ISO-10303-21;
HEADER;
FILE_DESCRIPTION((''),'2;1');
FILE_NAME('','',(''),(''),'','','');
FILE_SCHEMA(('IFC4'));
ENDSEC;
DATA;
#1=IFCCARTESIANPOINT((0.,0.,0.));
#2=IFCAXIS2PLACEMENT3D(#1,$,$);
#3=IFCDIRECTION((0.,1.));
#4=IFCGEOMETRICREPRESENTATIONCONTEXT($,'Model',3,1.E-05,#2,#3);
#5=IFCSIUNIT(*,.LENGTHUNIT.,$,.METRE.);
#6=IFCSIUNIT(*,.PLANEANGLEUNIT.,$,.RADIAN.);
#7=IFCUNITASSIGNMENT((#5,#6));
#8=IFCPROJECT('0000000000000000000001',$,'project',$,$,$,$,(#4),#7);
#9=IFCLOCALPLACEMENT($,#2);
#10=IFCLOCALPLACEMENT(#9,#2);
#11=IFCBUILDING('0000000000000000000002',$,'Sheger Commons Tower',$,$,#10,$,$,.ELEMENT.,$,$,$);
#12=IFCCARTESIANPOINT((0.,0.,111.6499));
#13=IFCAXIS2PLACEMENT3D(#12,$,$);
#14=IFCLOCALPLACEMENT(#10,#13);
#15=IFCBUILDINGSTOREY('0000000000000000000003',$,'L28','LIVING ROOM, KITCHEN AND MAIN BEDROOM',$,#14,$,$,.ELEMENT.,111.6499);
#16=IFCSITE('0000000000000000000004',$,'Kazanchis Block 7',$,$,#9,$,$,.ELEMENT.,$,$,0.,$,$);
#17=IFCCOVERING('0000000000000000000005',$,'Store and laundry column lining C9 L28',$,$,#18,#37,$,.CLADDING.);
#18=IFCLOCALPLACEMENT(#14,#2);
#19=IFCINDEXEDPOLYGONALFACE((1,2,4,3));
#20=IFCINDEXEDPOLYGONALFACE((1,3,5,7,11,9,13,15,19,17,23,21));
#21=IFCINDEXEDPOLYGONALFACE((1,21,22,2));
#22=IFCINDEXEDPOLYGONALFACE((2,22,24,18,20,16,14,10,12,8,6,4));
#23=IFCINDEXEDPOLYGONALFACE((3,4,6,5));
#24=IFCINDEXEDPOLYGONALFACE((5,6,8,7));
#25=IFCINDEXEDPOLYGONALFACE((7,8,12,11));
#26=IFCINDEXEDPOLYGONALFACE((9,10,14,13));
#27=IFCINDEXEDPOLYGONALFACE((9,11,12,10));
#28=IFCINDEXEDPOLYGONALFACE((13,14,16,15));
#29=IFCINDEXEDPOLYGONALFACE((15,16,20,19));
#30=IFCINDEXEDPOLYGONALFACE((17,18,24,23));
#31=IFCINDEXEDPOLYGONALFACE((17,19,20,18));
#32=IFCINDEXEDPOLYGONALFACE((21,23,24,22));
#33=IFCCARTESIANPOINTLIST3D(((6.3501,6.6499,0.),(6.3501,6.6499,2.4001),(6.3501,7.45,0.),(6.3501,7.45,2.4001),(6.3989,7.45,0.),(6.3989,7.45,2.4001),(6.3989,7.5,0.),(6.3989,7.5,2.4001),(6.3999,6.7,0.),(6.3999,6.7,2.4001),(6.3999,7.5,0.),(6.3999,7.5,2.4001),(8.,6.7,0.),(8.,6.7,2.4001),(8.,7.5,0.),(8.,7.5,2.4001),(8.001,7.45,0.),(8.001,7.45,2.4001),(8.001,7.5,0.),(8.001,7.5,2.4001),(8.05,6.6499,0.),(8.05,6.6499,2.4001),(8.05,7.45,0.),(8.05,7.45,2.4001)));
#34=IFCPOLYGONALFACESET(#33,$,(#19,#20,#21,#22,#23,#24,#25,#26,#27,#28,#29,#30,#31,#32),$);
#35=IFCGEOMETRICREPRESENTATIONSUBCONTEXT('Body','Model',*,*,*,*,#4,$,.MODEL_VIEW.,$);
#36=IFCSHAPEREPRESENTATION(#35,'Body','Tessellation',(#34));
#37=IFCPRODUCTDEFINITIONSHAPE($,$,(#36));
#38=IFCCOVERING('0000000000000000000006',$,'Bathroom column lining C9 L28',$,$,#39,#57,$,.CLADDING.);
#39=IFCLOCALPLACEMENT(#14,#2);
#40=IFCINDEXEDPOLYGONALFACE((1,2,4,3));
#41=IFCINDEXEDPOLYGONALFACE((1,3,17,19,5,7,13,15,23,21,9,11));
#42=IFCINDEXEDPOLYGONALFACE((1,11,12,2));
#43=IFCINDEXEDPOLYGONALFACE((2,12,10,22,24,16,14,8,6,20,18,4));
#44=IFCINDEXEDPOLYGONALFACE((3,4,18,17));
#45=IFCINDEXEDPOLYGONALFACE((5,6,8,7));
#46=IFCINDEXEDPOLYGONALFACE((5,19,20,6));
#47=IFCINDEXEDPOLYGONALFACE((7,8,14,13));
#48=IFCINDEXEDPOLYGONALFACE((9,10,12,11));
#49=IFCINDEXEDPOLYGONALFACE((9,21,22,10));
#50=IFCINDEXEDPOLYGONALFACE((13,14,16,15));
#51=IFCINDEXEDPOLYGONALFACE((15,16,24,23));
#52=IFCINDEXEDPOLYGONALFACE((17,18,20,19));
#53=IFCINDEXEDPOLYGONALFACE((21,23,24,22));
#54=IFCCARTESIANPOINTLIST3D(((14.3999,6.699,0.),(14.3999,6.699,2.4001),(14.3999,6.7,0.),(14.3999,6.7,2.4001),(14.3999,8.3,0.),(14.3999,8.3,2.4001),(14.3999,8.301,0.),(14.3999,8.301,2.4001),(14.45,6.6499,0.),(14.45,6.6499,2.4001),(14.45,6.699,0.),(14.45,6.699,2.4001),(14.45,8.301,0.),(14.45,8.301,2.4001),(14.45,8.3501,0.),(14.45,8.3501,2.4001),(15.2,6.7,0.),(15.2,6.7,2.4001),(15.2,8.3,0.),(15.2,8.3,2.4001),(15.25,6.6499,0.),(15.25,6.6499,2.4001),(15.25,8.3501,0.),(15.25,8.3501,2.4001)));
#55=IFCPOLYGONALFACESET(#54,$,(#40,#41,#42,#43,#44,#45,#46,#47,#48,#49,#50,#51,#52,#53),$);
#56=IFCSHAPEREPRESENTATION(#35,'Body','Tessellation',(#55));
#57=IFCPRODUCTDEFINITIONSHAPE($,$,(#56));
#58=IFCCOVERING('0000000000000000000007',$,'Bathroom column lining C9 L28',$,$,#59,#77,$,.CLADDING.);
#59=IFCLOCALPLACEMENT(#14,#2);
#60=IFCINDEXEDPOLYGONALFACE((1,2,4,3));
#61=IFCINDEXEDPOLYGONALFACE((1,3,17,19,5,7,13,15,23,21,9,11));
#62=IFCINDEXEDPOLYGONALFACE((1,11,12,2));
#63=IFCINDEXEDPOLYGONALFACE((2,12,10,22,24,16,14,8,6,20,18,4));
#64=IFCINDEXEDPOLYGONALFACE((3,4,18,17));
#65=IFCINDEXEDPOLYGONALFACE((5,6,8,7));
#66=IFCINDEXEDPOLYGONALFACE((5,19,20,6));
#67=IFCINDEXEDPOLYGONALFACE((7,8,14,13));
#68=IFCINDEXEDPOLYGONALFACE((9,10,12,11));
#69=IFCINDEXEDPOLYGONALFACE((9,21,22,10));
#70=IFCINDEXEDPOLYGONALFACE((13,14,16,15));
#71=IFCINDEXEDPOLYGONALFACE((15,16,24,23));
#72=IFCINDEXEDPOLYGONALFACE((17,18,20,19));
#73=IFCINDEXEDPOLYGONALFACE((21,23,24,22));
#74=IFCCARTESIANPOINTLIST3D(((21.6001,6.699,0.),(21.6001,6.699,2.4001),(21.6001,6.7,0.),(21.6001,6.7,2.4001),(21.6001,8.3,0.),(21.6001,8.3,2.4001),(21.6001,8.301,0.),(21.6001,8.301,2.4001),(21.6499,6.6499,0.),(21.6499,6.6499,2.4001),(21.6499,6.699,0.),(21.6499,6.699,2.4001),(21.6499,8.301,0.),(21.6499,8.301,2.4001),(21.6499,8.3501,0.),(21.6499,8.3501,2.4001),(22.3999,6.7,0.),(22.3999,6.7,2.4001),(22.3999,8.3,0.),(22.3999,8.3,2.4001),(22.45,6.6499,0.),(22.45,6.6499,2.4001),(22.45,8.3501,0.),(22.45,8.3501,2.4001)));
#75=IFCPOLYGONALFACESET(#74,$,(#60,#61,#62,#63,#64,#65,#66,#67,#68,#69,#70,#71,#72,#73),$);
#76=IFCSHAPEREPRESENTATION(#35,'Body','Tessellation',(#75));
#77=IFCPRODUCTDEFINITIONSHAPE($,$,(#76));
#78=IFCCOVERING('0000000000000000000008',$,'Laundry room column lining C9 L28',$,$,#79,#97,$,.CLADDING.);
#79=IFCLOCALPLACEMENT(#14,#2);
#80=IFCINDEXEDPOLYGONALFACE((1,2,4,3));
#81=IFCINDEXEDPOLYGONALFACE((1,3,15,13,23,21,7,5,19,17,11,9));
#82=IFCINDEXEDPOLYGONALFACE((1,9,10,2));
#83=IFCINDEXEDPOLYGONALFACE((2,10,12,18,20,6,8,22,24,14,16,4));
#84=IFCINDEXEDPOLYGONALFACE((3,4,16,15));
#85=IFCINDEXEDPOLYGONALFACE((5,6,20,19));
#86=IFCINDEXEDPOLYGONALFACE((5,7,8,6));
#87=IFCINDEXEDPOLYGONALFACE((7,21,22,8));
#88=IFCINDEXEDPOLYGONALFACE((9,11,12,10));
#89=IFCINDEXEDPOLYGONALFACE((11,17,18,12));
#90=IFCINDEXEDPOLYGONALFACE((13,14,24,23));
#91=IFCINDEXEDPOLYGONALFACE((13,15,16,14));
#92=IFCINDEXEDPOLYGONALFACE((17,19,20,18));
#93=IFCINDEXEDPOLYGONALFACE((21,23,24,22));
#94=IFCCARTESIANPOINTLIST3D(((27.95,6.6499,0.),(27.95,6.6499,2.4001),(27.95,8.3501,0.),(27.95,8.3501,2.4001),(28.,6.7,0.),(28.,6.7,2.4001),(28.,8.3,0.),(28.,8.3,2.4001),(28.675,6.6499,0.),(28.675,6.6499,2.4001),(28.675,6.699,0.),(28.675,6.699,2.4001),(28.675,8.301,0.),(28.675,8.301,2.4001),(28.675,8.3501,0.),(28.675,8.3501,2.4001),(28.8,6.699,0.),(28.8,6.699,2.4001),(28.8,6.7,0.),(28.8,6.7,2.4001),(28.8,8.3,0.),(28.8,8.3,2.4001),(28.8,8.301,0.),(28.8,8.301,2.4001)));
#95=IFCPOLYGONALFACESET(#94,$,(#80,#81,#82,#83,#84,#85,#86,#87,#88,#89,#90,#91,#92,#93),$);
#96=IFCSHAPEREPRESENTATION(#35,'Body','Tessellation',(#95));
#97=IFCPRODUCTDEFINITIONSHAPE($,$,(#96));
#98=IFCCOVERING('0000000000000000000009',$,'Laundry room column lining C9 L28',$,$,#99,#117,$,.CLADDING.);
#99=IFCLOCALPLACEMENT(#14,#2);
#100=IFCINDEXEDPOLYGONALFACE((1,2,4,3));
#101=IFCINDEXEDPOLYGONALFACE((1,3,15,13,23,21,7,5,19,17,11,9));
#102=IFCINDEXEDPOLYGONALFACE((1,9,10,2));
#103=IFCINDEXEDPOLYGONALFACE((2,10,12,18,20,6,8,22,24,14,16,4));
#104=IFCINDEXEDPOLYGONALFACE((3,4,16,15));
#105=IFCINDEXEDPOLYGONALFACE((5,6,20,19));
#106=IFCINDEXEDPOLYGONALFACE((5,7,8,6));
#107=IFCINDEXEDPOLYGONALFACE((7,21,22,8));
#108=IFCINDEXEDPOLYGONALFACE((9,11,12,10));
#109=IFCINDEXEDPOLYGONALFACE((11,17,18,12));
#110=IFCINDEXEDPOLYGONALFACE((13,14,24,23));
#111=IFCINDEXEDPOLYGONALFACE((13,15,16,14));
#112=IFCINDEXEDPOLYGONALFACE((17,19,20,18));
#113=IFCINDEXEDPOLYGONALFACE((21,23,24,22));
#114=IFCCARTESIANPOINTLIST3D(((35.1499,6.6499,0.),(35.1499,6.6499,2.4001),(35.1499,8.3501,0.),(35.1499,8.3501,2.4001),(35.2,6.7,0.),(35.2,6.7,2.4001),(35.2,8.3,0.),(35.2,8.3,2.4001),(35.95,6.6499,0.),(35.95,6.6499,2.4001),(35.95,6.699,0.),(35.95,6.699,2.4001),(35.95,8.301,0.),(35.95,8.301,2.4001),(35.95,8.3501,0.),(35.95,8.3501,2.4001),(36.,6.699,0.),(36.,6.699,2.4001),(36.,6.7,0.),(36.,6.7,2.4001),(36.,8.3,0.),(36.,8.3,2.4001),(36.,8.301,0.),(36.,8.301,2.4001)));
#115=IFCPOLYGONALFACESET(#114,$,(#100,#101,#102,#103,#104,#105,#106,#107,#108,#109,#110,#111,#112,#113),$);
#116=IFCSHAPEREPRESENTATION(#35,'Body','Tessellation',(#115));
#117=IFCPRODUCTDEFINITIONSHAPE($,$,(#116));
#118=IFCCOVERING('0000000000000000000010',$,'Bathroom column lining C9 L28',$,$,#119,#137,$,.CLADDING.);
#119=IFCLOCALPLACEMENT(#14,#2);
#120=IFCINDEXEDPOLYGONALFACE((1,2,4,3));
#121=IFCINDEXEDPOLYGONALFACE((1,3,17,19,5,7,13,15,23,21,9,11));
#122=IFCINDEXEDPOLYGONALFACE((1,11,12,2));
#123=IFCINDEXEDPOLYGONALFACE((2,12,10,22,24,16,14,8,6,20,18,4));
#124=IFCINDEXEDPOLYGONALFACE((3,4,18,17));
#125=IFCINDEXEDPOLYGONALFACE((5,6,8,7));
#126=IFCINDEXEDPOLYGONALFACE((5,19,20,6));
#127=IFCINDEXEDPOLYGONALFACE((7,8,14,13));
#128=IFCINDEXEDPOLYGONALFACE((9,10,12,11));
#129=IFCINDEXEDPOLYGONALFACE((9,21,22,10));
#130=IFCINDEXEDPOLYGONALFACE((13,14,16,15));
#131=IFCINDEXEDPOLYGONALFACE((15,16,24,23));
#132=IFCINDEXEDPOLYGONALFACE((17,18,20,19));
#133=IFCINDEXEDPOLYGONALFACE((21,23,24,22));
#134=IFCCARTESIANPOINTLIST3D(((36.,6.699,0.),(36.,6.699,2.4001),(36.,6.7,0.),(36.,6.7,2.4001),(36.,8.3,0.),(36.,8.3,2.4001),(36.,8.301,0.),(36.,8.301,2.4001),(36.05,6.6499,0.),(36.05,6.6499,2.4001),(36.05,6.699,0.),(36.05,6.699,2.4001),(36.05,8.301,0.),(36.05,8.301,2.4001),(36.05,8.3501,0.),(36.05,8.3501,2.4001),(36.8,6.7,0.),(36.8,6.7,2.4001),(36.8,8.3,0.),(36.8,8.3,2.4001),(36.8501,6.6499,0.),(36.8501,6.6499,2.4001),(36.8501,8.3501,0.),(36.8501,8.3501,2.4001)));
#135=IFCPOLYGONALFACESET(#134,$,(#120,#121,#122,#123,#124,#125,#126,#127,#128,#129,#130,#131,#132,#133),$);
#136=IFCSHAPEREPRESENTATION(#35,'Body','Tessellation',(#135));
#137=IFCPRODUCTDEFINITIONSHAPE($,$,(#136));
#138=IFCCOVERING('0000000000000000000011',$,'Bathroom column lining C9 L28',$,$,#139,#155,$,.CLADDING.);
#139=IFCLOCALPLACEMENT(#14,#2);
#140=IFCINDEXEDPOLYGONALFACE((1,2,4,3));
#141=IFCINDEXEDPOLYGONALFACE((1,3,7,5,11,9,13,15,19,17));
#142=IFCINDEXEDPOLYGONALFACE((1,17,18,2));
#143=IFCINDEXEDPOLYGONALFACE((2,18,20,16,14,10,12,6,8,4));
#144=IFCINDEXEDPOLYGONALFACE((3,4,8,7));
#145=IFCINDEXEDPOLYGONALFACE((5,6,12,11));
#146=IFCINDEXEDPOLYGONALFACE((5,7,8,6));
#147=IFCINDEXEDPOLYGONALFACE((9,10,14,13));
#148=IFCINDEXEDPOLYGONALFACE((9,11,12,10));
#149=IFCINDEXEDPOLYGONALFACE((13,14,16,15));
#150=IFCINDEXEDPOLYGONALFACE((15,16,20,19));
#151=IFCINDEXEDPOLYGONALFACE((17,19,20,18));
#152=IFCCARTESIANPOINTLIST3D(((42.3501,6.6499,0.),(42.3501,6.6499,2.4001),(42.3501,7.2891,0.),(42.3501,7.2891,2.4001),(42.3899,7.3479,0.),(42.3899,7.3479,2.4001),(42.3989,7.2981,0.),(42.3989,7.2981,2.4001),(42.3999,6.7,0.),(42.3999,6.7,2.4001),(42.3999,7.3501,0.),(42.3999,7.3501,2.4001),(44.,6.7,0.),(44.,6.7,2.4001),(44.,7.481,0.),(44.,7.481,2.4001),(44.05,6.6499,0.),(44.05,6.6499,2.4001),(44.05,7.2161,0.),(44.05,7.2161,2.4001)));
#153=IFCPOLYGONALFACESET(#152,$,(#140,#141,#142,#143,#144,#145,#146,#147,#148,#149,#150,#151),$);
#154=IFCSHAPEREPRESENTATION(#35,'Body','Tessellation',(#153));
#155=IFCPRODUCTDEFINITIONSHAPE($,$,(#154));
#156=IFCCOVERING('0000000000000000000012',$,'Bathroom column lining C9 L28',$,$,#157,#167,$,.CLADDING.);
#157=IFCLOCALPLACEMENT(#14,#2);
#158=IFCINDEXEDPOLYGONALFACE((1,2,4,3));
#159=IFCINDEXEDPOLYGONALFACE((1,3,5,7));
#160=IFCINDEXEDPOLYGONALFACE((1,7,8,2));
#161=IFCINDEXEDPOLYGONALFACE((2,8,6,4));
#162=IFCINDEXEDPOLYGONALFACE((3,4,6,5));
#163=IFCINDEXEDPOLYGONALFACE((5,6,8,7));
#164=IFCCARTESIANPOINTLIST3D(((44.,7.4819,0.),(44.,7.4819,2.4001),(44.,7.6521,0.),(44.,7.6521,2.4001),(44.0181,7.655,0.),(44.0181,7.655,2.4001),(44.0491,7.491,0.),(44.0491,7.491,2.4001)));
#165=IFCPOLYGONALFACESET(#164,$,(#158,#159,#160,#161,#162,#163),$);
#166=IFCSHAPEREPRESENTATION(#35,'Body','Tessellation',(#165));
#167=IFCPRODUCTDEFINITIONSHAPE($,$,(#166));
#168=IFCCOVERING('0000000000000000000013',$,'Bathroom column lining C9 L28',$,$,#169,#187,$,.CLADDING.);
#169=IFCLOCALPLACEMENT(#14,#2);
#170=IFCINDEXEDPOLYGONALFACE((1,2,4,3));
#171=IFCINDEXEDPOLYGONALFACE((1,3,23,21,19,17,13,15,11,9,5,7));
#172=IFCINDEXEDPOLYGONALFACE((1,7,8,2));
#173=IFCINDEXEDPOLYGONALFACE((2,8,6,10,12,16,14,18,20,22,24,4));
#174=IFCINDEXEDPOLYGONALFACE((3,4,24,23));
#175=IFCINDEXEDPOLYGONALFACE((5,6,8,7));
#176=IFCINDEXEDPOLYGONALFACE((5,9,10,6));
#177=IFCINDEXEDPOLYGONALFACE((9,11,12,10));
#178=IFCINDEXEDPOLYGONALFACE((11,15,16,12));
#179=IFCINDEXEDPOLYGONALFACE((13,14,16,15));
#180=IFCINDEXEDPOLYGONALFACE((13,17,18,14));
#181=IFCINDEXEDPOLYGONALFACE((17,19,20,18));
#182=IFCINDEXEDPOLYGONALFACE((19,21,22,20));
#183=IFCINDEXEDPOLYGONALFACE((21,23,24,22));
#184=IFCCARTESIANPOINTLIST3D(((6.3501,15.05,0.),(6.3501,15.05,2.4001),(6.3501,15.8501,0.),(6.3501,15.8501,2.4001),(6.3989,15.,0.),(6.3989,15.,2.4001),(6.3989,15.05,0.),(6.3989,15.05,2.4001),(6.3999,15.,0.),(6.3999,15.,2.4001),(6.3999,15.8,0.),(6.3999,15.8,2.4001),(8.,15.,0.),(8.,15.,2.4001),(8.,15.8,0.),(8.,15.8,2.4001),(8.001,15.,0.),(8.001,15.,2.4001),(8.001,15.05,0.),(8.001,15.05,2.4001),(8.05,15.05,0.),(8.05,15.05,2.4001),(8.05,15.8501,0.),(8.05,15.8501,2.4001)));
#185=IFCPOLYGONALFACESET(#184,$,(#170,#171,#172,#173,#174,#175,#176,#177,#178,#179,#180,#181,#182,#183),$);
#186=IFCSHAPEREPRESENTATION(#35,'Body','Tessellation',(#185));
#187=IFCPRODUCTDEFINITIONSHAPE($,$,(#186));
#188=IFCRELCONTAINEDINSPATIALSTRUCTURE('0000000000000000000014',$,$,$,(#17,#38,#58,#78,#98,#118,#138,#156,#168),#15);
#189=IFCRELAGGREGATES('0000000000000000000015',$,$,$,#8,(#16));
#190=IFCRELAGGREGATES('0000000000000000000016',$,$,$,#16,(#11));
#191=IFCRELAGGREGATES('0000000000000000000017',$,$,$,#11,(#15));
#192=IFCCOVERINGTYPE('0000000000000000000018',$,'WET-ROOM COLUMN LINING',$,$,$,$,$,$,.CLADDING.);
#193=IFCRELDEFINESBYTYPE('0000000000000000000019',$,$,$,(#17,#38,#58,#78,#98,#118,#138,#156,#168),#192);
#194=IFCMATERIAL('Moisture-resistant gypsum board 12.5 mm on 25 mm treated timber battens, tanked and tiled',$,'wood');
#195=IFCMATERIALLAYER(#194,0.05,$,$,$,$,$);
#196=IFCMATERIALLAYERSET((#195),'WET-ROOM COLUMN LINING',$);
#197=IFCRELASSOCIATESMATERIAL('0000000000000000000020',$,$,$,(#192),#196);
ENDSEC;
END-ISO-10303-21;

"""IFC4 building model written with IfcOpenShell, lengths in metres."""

from ifc_helpers import new_model, si_unit, direction, frame, origin, place, context, subcontext, project, spatial, polyline, outline, extrude, material, layer, layer_set, type_object, element, save


model = new_model("IFC4")

# Units and contexts
model_context = context("Model", 3, precision=1e-05, world=origin(), true_north=direction((0.0, 1.0)))
body_context = subcontext(model_context, "Body", "Model", "MODEL_VIEW")
ifc_project = project(units=[si_unit("LENGTHUNIT", "METRE"), si_unit("PLANEANGLEUNIT", "RADIAN")], contexts=[model_context])

# Site, building, storey
site_placement = place(None, origin())
site = spatial("IfcSite", under=ifc_project, at=site_placement, Name="Kazanchis Block 7", CompositionType="ELEMENT", RefElevation=0.0)
building_placement = place(site_placement, origin())
building = spatial("IfcBuilding", under=site, at=building_placement, Name="Sheger Commons Tower", CompositionType="ELEMENT")
storey_placement = place(building_placement, frame((0.0, 0.0, 111.6499)))
storey = spatial("IfcBuildingStorey", under=building, at=storey_placement, Name="L28", Description="LIVING ROOM, KITCHEN AND MAIN BEDROOM", CompositionType="ELEMENT", Elevation=111.6499)

# Coverings
ifc_material_1 = material(Name="Moisture-resistant gypsum board 12.5 mm on 25 mm treated timber battens, tanked and tiled", Category="wood")
ifc_layer_1 = layer(ifc_material_1, 0.05)
ifc_layer_set_1 = layer_set([ifc_layer_1], Name="WET-ROOM COLUMN LINING")
covering_type_1 = type_object("IfcCoveringType", Name="WET-ROOM COLUMN LINING", PredefinedType="CLADDING", material=ifc_layer_set_1)
covering_1_placement = place(storey_placement, origin())
element("IfcCovering", 1, at=covering_1_placement, inside=storey, type_object=covering_type_1, Name="Store and laundry column lining C9 L28", PredefinedType="CLADDING", context=body_context, shape_type="SweptSolid", body=[
    extrude(outline(polyline([(6.3999, 7.5), (6.3999, 6.7), (8.0, 6.7), (8.0, 7.5), (8.001, 7.5), (8.001, 7.45), (8.05, 7.45), (8.05, 6.6499), (6.3501, 6.6499), (6.3501, 7.45), (6.3989, 7.45), (6.3989, 7.5), (6.3999, 7.5)])), origin(), (0.0, 0.0, 1.0), 2.4001),
])
covering_2_placement = place(storey_placement, origin())
element("IfcCovering", 2, at=covering_2_placement, inside=storey, type_object=covering_type_1, Name="Bathroom column lining C9 L28", PredefinedType="CLADDING", context=body_context, shape_type="SweptSolid", body=[
    extrude(outline(polyline([(15.25, 6.6499), (14.45, 6.6499), (14.45, 6.699), (14.3999, 6.699), (14.3999, 6.7), (15.2, 6.7), (15.2, 8.3), (14.3999, 8.3), (14.3999, 8.301), (14.45, 8.301), (14.45, 8.3501), (15.25, 8.3501), (15.25, 6.6499)])), origin(), (0.0, 0.0, 1.0), 2.4001),
])
covering_3_placement = place(storey_placement, origin())
element("IfcCovering", 3, at=covering_3_placement, inside=storey, type_object=covering_type_1, Name="Bathroom column lining C9 L28", PredefinedType="CLADDING", context=body_context, shape_type="SweptSolid", body=[
    extrude(outline(polyline([(22.45, 6.6499), (21.6499, 6.6499), (21.6499, 6.699), (21.6001, 6.699), (21.6001, 6.7), (22.3999, 6.7), (22.3999, 8.3), (21.6001, 8.3), (21.6001, 8.301), (21.6499, 8.301), (21.6499, 8.3501), (22.45, 8.3501), (22.45, 6.6499)])), origin(), (0.0, 0.0, 1.0), 2.4001),
])
covering_4_placement = place(storey_placement, origin())
element("IfcCovering", 4, at=covering_4_placement, inside=storey, type_object=covering_type_1, Name="Laundry room column lining C9 L28", PredefinedType="CLADDING", context=body_context, shape_type="SweptSolid", body=[
    extrude(outline(polyline([(28.675, 8.3501), (28.675, 8.301), (28.8, 8.301), (28.8, 8.3), (28.0, 8.3), (28.0, 6.7), (28.8, 6.7), (28.8, 6.699), (28.675, 6.699), (28.675, 6.6499), (27.95, 6.6499), (27.95, 8.3501), (28.675, 8.3501)])), origin(), (0.0, 0.0, 1.0), 2.4001),
])
covering_5_placement = place(storey_placement, origin())
element("IfcCovering", 5, at=covering_5_placement, inside=storey, type_object=covering_type_1, Name="Laundry room column lining C9 L28", PredefinedType="CLADDING", context=body_context, shape_type="SweptSolid", body=[
    extrude(outline(polyline([(35.95, 8.3501), (35.95, 8.301), (36.0, 8.301), (36.0, 8.3), (35.2, 8.3), (35.2, 6.7), (36.0, 6.7), (36.0, 6.699), (35.95, 6.699), (35.95, 6.6499), (35.1499, 6.6499), (35.1499, 8.3501), (35.95, 8.3501)])), origin(), (0.0, 0.0, 1.0), 2.4001),
])
covering_6_placement = place(storey_placement, origin())
element("IfcCovering", 6, at=covering_6_placement, inside=storey, type_object=covering_type_1, Name="Bathroom column lining C9 L28", PredefinedType="CLADDING", context=body_context, shape_type="SweptSolid", body=[
    extrude(outline(polyline([(36.8501, 6.6499), (36.05, 6.6499), (36.05, 6.699), (36.0, 6.699), (36.0, 6.7), (36.8, 6.7), (36.8, 8.3), (36.0, 8.3), (36.0, 8.301), (36.05, 8.301), (36.05, 8.3501), (36.8501, 8.3501), (36.8501, 6.6499)])), origin(), (0.0, 0.0, 1.0), 2.4001),
])
covering_7_placement = place(storey_placement, origin())
element("IfcCovering", 7, at=covering_7_placement, inside=storey, type_object=covering_type_1, Name="Bathroom column lining C9 L28", PredefinedType="CLADDING", context=body_context, shape_type="SweptSolid", body=[
    extrude(outline(polyline([(42.3999, 7.3501), (42.3999, 6.7), (44.0, 6.7), (44.0, 7.481), (44.05, 7.2161), (44.05, 6.6499), (42.3501, 6.6499), (42.3501, 7.2891), (42.3989, 7.2981), (42.3899, 7.3479), (42.3999, 7.3501)])), origin(), (0.0, 0.0, 1.0), 2.4001),
])
covering_8_placement = place(storey_placement, origin())
element("IfcCovering", 8, at=covering_8_placement, inside=storey, type_object=covering_type_1, Name="Bathroom column lining C9 L28", PredefinedType="CLADDING", context=body_context, shape_type="SweptSolid", body=[
    extrude(outline(polyline([(44.0, 7.6521), (44.0181, 7.655), (44.0491, 7.491), (44.0, 7.4819), (44.0, 7.6521)])), origin(), (0.0, 0.0, 1.0), 2.4001),
])
covering_9_placement = place(storey_placement, origin())
element("IfcCovering", 9, at=covering_9_placement, inside=storey, type_object=covering_type_1, Name="Bathroom column lining C9 L28", PredefinedType="CLADDING", context=body_context, shape_type="SweptSolid", body=[
    extrude(outline(polyline([(8.05, 15.8501), (8.05, 15.05), (8.001, 15.05), (8.001, 15.0), (8.0, 15.0), (8.0, 15.8), (6.3999, 15.8), (6.3999, 15.0), (6.3989, 15.0), (6.3989, 15.05), (6.3501, 15.05), (6.3501, 15.8501), (8.05, 15.8501)])), origin(), (0.0, 0.0, 1.0), 2.4001),
])

save(model, "model.ifc")
